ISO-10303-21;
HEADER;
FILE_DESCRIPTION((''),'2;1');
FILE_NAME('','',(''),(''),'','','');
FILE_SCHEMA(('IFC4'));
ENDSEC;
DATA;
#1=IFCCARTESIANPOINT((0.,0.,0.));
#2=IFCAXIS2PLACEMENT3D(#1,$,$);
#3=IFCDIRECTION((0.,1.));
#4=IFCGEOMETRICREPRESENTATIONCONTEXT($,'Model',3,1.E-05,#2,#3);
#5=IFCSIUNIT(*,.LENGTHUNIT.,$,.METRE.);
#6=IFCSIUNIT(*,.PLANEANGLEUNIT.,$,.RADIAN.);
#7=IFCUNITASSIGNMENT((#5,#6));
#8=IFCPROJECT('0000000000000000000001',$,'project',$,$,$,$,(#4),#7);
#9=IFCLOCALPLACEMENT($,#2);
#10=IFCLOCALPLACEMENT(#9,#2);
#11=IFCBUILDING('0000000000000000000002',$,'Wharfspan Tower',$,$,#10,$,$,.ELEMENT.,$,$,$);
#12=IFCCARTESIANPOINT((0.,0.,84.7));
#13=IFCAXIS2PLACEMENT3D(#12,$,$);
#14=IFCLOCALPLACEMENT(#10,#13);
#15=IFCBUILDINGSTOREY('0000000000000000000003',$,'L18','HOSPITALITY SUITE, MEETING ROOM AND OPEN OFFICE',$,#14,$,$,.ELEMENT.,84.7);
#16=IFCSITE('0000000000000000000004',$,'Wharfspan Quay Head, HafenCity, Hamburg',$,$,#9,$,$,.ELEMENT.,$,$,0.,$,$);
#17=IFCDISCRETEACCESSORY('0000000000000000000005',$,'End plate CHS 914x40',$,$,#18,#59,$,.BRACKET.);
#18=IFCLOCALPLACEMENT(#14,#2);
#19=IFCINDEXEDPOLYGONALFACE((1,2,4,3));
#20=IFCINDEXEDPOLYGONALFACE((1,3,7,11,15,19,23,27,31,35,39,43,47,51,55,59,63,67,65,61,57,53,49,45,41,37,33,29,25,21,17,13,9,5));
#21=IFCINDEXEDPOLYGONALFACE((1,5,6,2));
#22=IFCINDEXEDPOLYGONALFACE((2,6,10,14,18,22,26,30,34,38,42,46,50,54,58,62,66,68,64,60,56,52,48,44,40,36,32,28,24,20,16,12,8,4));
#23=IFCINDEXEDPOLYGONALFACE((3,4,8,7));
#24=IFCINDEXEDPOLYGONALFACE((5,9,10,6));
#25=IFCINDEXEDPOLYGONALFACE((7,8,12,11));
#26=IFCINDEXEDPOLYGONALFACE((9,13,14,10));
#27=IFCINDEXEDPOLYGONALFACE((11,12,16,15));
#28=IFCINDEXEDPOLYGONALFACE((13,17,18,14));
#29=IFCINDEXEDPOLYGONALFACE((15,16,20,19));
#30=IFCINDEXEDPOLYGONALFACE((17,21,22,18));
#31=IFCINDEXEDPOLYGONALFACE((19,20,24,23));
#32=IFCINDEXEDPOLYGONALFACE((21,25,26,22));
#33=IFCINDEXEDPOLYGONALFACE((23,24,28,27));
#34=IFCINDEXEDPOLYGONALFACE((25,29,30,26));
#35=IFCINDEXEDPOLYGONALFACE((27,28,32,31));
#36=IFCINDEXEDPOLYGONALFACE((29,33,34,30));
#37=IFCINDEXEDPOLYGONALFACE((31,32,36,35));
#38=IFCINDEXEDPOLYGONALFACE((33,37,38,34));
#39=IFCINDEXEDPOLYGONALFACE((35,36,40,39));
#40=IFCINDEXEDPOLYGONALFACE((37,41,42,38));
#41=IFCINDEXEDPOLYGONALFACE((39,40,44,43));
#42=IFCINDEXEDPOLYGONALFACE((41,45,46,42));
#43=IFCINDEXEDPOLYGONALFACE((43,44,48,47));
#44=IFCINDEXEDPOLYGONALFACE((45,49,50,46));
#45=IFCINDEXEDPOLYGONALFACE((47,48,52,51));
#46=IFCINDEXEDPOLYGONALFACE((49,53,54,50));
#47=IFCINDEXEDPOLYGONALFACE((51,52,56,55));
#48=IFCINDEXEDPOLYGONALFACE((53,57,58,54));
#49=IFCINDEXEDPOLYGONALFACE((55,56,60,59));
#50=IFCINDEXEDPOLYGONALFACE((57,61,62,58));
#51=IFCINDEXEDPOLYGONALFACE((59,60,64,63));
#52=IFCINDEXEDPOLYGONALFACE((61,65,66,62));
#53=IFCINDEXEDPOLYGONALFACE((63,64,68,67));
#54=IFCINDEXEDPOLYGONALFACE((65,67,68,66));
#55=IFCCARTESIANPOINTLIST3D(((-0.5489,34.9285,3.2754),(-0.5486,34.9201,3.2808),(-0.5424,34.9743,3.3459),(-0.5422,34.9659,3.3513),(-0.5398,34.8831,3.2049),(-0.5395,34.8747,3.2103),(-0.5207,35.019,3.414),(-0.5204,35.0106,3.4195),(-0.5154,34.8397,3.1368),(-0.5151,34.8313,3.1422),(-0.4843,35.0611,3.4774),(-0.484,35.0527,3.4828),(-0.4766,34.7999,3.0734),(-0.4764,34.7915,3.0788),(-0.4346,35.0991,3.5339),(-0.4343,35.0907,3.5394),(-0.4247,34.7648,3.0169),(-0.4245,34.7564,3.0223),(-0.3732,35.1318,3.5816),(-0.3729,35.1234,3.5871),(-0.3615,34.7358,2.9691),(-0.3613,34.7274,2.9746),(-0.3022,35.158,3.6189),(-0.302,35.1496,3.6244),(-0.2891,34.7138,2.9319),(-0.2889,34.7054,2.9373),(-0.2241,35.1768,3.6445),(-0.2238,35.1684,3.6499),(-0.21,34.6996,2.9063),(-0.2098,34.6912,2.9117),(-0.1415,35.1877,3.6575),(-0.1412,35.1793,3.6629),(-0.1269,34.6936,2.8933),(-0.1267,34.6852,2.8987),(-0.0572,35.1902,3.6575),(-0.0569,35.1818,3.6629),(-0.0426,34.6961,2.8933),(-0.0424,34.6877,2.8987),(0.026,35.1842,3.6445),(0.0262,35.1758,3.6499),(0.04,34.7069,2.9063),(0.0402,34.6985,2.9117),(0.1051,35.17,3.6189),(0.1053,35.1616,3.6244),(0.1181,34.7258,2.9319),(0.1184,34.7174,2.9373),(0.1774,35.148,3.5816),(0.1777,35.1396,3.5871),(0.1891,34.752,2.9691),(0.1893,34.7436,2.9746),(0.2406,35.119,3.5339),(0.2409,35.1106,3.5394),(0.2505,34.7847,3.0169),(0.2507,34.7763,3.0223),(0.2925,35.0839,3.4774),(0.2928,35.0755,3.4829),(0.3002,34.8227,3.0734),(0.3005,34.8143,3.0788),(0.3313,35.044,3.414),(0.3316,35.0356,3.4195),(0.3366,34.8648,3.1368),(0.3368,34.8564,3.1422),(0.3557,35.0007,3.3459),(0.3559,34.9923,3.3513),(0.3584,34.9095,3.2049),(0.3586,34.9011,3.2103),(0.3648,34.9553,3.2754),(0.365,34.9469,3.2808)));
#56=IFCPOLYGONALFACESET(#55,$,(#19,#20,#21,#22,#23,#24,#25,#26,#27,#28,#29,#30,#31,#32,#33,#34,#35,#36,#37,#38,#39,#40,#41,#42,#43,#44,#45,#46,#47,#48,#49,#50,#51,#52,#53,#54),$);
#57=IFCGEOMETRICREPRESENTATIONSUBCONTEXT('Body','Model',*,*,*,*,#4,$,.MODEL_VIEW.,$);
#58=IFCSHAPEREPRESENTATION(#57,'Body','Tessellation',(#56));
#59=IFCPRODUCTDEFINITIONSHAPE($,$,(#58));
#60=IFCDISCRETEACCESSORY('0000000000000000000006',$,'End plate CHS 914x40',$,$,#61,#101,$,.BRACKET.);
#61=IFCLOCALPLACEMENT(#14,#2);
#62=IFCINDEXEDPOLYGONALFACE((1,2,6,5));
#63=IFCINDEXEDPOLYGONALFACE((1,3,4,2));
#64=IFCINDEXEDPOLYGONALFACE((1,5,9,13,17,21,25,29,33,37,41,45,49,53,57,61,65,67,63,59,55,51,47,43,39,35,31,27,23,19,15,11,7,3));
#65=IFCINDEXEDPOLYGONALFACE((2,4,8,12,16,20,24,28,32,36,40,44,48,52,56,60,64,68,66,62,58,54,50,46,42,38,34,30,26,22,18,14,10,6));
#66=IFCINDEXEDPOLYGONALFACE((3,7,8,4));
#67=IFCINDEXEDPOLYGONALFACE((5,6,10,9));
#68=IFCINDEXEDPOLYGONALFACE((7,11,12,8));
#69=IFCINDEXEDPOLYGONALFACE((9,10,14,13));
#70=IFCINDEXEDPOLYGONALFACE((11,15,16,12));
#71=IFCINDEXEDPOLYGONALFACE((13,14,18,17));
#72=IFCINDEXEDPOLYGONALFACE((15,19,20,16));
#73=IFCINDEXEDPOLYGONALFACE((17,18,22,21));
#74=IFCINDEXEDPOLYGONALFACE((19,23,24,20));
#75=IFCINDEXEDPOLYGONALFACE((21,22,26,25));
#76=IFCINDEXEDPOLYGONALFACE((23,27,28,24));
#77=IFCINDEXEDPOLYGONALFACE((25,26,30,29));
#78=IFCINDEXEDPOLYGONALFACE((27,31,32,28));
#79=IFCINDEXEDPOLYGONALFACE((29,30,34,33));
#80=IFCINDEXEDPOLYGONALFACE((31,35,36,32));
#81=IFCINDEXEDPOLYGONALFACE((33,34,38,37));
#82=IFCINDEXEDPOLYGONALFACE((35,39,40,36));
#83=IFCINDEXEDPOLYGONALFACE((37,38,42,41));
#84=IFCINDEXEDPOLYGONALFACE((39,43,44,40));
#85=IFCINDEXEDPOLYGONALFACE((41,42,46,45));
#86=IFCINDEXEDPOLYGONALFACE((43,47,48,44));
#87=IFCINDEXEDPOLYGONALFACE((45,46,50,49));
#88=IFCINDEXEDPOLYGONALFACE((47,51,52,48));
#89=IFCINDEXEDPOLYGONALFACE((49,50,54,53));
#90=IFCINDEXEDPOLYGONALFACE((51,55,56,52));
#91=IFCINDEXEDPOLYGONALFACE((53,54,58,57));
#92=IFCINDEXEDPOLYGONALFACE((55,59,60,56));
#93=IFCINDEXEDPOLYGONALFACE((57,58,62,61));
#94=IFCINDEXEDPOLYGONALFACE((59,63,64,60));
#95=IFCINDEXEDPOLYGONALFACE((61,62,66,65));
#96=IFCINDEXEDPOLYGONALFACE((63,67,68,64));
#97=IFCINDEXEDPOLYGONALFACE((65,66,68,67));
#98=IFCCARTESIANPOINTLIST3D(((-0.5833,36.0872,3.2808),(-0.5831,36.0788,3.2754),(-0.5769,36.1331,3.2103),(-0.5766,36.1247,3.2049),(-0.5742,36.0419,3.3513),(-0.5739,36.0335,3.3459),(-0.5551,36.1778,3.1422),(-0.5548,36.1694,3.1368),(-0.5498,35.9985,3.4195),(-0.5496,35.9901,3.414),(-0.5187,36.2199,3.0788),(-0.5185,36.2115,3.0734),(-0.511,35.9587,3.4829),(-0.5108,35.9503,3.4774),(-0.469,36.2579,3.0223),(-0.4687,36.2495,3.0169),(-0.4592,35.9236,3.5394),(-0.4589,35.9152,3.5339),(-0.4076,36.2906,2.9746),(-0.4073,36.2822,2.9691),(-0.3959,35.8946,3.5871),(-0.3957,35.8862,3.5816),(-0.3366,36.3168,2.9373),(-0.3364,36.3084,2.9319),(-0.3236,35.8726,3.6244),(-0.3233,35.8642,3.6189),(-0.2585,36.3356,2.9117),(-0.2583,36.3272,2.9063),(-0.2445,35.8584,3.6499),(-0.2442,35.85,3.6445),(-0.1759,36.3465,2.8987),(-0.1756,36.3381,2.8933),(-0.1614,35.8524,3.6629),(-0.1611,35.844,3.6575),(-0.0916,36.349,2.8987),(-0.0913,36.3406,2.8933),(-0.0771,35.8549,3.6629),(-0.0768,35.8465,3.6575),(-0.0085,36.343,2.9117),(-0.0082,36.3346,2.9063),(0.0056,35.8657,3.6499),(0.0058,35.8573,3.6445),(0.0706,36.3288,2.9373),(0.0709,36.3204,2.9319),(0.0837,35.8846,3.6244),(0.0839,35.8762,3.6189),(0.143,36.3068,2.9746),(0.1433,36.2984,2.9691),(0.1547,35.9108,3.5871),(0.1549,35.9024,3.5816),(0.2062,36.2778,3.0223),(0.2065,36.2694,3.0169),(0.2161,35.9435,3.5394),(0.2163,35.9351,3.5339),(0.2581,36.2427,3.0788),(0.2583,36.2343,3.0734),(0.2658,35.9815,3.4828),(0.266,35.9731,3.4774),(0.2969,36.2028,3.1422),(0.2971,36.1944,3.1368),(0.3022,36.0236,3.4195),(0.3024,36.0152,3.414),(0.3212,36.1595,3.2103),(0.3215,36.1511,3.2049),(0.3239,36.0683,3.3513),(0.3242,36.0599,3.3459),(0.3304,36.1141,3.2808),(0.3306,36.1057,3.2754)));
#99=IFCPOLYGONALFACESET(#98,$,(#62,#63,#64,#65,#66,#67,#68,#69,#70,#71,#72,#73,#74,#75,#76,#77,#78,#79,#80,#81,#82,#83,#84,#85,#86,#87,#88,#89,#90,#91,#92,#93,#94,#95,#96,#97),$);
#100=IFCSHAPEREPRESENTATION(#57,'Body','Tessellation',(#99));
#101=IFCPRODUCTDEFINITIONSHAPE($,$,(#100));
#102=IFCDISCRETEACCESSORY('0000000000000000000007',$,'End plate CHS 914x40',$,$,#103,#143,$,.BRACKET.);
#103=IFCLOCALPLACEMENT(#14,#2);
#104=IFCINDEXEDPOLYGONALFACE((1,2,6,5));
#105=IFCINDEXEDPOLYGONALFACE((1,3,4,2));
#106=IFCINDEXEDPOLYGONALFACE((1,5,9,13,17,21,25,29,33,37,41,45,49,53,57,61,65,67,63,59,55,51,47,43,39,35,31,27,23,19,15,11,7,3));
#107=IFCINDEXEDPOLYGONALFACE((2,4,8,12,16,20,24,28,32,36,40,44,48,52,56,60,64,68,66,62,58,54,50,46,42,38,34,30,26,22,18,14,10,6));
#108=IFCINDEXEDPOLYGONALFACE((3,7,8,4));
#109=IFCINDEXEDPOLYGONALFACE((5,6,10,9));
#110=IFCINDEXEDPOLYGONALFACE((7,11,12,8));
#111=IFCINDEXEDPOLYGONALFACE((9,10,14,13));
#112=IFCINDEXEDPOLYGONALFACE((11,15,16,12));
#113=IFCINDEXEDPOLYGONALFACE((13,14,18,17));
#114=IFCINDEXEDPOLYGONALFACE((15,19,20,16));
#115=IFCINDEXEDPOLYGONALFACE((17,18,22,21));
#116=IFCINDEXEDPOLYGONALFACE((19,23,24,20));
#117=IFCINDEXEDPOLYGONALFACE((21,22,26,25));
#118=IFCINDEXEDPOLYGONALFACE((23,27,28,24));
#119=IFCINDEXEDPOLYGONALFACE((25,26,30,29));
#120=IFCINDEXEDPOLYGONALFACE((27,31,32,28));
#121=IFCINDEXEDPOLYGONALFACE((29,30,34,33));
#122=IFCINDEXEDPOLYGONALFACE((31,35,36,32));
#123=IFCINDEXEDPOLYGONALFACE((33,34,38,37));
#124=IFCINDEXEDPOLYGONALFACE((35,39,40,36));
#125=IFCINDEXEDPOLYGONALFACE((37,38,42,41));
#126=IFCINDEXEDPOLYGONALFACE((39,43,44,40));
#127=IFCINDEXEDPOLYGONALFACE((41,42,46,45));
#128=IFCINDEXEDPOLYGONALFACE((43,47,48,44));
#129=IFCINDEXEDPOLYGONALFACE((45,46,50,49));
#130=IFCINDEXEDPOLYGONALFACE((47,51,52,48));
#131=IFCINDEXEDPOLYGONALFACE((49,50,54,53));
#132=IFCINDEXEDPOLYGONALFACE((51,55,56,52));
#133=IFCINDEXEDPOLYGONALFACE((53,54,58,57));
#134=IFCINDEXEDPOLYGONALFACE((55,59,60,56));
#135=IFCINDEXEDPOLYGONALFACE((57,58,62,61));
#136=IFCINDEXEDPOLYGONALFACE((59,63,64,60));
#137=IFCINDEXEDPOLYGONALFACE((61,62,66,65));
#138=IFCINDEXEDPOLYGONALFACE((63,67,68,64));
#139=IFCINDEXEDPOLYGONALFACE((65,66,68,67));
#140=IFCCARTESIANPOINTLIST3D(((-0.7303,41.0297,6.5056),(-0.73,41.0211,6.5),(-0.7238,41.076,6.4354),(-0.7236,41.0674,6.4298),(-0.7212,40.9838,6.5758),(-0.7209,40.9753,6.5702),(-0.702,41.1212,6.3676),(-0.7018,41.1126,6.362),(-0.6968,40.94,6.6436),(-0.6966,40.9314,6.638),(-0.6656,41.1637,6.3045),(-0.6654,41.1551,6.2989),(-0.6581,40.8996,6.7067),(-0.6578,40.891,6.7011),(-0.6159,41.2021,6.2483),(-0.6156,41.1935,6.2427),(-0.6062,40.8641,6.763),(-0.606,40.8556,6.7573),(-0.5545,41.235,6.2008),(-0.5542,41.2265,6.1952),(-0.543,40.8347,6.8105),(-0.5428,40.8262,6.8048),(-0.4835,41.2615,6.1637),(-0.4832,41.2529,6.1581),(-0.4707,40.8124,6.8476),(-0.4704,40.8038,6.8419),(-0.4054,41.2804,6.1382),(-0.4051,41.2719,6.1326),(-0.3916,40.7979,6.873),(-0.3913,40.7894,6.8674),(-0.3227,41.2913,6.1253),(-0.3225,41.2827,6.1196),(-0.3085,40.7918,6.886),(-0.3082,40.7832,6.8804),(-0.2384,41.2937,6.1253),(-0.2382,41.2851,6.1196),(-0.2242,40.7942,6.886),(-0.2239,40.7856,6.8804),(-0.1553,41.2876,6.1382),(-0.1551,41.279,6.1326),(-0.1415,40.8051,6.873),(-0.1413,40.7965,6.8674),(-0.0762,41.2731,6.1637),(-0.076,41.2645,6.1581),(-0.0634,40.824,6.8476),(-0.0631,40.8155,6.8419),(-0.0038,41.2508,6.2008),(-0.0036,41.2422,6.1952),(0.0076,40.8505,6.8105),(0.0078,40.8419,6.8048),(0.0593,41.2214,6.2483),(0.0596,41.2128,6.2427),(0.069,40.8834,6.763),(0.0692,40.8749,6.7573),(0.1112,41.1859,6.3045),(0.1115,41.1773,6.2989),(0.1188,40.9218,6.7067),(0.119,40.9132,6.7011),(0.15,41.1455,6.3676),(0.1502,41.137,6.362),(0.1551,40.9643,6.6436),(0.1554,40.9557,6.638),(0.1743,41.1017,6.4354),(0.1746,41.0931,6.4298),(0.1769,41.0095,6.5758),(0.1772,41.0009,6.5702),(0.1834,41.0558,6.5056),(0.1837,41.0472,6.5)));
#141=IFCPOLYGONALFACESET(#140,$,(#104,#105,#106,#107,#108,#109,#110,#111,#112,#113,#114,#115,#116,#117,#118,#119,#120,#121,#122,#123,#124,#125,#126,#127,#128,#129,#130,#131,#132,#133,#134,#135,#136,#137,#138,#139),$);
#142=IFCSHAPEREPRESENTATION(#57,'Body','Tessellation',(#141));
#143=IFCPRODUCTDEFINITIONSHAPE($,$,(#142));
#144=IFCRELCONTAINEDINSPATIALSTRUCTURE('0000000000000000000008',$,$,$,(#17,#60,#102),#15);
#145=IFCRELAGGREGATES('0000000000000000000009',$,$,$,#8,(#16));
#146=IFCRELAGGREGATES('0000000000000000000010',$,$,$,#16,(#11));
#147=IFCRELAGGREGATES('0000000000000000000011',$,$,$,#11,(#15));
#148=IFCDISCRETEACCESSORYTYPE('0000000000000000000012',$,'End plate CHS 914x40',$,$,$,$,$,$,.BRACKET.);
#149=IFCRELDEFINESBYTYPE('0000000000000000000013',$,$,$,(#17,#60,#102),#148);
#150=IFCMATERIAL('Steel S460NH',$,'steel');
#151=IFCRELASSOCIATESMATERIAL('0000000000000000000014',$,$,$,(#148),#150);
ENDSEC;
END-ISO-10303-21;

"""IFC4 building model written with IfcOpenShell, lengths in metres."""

from ifc_helpers import new_model, si_unit, direction, frame, origin, origin_2d, place, context, subcontext, project, spatial, circle, extrude, material, material_profile, profile_set, type_object, element, save


model = new_model("IFC4")

# Units and contexts
model_context = context("Model", 3, precision=1e-05, world=origin(), true_north=direction((0.0, 1.0)))
body_context = subcontext(model_context, "Body", "Model", "MODEL_VIEW")
ifc_project = project(units=[si_unit("LENGTHUNIT", "METRE"), si_unit("PLANEANGLEUNIT", "RADIAN")], contexts=[model_context])

# Site, building, storey
site_placement = place(None, origin())
site = spatial("IfcSite", under=ifc_project, at=site_placement, Name="Wharfspan Quay Head, HafenCity, Hamburg", CompositionType="ELEMENT", RefElevation=0.0)
building_placement = place(site_placement, origin())
building = spatial("IfcBuilding", under=site, at=building_placement, Name="Wharfspan Tower", CompositionType="ELEMENT")
storey_placement = place(building_placement, frame((0.0, 0.0, 84.7)))
storey = spatial("IfcBuildingStorey", under=building, at=storey_placement, Name="L18", Description="HOSPITALITY SUITE, MEETING ROOM AND OPEN OFFICE", CompositionType="ELEMENT", Elevation=84.7)

# Shared definitions
ifc_material_1 = material(Name="Steel S460NH", Category="steel")

# Discrete accessories
ifc_material_profile_1 = material_profile(ifc_material_1, circle(Radius=0.457, at=origin_2d()))
ifc_profile_set_1 = profile_set([ifc_material_profile_1], Name="Steel S460NH")
discrete_accessory_type = type_object("IfcDiscreteAccessoryType", Name="End plate CHS 914x40", PredefinedType="BRACKET", material=ifc_profile_set_1)
for number, where, z_axis, x_axis, name in (
    (1, (-0.092, 34.9419, 3.2754), (0.024686, -0.839314, 0.543086), (0.999566, 0.0294, 0.000001), "End plate CHS 914x40"),
    (2, (-0.1262, 36.0923, 3.2754), (-0.024686, 0.839314, 0.543086), (-0.999566, -0.0294, 0.000001), "End plate CHS 914x40"),
):
    element("IfcDiscreteAccessory", number, at=place(storey_placement, frame(where, z_axis=z_axis, x_axis=x_axis)), inside=storey, type_object=discrete_accessory_type, Name=name, PredefinedType="BRACKET", context=body_context, shape_type="SweptSolid", body=[
        extrude(circle(Radius=0.457, at=origin_2d()), origin(), (0.0, 0.0, 1.0), 0.01),
    ])
discrete_accessory_placement = place(storey_placement, frame((-0.2732, 41.0342, 6.5), z_axis=(-0.02387, 0.835467, 0.549021), x_axis=(-0.999596, -0.028558, -0.000002)))
element("IfcDiscreteAccessory", 3, at=discrete_accessory_placement, inside=storey, type_object=discrete_accessory_type, Name="End plate CHS 914x40", PredefinedType="BRACKET", context=body_context, shape_type="SweptSolid", body=[
    extrude(circle(Radius=0.457, at=origin_2d()), origin(), (0.0, 0.0, 1.0), 0.0103),
])

save(model, "model.ifc")
